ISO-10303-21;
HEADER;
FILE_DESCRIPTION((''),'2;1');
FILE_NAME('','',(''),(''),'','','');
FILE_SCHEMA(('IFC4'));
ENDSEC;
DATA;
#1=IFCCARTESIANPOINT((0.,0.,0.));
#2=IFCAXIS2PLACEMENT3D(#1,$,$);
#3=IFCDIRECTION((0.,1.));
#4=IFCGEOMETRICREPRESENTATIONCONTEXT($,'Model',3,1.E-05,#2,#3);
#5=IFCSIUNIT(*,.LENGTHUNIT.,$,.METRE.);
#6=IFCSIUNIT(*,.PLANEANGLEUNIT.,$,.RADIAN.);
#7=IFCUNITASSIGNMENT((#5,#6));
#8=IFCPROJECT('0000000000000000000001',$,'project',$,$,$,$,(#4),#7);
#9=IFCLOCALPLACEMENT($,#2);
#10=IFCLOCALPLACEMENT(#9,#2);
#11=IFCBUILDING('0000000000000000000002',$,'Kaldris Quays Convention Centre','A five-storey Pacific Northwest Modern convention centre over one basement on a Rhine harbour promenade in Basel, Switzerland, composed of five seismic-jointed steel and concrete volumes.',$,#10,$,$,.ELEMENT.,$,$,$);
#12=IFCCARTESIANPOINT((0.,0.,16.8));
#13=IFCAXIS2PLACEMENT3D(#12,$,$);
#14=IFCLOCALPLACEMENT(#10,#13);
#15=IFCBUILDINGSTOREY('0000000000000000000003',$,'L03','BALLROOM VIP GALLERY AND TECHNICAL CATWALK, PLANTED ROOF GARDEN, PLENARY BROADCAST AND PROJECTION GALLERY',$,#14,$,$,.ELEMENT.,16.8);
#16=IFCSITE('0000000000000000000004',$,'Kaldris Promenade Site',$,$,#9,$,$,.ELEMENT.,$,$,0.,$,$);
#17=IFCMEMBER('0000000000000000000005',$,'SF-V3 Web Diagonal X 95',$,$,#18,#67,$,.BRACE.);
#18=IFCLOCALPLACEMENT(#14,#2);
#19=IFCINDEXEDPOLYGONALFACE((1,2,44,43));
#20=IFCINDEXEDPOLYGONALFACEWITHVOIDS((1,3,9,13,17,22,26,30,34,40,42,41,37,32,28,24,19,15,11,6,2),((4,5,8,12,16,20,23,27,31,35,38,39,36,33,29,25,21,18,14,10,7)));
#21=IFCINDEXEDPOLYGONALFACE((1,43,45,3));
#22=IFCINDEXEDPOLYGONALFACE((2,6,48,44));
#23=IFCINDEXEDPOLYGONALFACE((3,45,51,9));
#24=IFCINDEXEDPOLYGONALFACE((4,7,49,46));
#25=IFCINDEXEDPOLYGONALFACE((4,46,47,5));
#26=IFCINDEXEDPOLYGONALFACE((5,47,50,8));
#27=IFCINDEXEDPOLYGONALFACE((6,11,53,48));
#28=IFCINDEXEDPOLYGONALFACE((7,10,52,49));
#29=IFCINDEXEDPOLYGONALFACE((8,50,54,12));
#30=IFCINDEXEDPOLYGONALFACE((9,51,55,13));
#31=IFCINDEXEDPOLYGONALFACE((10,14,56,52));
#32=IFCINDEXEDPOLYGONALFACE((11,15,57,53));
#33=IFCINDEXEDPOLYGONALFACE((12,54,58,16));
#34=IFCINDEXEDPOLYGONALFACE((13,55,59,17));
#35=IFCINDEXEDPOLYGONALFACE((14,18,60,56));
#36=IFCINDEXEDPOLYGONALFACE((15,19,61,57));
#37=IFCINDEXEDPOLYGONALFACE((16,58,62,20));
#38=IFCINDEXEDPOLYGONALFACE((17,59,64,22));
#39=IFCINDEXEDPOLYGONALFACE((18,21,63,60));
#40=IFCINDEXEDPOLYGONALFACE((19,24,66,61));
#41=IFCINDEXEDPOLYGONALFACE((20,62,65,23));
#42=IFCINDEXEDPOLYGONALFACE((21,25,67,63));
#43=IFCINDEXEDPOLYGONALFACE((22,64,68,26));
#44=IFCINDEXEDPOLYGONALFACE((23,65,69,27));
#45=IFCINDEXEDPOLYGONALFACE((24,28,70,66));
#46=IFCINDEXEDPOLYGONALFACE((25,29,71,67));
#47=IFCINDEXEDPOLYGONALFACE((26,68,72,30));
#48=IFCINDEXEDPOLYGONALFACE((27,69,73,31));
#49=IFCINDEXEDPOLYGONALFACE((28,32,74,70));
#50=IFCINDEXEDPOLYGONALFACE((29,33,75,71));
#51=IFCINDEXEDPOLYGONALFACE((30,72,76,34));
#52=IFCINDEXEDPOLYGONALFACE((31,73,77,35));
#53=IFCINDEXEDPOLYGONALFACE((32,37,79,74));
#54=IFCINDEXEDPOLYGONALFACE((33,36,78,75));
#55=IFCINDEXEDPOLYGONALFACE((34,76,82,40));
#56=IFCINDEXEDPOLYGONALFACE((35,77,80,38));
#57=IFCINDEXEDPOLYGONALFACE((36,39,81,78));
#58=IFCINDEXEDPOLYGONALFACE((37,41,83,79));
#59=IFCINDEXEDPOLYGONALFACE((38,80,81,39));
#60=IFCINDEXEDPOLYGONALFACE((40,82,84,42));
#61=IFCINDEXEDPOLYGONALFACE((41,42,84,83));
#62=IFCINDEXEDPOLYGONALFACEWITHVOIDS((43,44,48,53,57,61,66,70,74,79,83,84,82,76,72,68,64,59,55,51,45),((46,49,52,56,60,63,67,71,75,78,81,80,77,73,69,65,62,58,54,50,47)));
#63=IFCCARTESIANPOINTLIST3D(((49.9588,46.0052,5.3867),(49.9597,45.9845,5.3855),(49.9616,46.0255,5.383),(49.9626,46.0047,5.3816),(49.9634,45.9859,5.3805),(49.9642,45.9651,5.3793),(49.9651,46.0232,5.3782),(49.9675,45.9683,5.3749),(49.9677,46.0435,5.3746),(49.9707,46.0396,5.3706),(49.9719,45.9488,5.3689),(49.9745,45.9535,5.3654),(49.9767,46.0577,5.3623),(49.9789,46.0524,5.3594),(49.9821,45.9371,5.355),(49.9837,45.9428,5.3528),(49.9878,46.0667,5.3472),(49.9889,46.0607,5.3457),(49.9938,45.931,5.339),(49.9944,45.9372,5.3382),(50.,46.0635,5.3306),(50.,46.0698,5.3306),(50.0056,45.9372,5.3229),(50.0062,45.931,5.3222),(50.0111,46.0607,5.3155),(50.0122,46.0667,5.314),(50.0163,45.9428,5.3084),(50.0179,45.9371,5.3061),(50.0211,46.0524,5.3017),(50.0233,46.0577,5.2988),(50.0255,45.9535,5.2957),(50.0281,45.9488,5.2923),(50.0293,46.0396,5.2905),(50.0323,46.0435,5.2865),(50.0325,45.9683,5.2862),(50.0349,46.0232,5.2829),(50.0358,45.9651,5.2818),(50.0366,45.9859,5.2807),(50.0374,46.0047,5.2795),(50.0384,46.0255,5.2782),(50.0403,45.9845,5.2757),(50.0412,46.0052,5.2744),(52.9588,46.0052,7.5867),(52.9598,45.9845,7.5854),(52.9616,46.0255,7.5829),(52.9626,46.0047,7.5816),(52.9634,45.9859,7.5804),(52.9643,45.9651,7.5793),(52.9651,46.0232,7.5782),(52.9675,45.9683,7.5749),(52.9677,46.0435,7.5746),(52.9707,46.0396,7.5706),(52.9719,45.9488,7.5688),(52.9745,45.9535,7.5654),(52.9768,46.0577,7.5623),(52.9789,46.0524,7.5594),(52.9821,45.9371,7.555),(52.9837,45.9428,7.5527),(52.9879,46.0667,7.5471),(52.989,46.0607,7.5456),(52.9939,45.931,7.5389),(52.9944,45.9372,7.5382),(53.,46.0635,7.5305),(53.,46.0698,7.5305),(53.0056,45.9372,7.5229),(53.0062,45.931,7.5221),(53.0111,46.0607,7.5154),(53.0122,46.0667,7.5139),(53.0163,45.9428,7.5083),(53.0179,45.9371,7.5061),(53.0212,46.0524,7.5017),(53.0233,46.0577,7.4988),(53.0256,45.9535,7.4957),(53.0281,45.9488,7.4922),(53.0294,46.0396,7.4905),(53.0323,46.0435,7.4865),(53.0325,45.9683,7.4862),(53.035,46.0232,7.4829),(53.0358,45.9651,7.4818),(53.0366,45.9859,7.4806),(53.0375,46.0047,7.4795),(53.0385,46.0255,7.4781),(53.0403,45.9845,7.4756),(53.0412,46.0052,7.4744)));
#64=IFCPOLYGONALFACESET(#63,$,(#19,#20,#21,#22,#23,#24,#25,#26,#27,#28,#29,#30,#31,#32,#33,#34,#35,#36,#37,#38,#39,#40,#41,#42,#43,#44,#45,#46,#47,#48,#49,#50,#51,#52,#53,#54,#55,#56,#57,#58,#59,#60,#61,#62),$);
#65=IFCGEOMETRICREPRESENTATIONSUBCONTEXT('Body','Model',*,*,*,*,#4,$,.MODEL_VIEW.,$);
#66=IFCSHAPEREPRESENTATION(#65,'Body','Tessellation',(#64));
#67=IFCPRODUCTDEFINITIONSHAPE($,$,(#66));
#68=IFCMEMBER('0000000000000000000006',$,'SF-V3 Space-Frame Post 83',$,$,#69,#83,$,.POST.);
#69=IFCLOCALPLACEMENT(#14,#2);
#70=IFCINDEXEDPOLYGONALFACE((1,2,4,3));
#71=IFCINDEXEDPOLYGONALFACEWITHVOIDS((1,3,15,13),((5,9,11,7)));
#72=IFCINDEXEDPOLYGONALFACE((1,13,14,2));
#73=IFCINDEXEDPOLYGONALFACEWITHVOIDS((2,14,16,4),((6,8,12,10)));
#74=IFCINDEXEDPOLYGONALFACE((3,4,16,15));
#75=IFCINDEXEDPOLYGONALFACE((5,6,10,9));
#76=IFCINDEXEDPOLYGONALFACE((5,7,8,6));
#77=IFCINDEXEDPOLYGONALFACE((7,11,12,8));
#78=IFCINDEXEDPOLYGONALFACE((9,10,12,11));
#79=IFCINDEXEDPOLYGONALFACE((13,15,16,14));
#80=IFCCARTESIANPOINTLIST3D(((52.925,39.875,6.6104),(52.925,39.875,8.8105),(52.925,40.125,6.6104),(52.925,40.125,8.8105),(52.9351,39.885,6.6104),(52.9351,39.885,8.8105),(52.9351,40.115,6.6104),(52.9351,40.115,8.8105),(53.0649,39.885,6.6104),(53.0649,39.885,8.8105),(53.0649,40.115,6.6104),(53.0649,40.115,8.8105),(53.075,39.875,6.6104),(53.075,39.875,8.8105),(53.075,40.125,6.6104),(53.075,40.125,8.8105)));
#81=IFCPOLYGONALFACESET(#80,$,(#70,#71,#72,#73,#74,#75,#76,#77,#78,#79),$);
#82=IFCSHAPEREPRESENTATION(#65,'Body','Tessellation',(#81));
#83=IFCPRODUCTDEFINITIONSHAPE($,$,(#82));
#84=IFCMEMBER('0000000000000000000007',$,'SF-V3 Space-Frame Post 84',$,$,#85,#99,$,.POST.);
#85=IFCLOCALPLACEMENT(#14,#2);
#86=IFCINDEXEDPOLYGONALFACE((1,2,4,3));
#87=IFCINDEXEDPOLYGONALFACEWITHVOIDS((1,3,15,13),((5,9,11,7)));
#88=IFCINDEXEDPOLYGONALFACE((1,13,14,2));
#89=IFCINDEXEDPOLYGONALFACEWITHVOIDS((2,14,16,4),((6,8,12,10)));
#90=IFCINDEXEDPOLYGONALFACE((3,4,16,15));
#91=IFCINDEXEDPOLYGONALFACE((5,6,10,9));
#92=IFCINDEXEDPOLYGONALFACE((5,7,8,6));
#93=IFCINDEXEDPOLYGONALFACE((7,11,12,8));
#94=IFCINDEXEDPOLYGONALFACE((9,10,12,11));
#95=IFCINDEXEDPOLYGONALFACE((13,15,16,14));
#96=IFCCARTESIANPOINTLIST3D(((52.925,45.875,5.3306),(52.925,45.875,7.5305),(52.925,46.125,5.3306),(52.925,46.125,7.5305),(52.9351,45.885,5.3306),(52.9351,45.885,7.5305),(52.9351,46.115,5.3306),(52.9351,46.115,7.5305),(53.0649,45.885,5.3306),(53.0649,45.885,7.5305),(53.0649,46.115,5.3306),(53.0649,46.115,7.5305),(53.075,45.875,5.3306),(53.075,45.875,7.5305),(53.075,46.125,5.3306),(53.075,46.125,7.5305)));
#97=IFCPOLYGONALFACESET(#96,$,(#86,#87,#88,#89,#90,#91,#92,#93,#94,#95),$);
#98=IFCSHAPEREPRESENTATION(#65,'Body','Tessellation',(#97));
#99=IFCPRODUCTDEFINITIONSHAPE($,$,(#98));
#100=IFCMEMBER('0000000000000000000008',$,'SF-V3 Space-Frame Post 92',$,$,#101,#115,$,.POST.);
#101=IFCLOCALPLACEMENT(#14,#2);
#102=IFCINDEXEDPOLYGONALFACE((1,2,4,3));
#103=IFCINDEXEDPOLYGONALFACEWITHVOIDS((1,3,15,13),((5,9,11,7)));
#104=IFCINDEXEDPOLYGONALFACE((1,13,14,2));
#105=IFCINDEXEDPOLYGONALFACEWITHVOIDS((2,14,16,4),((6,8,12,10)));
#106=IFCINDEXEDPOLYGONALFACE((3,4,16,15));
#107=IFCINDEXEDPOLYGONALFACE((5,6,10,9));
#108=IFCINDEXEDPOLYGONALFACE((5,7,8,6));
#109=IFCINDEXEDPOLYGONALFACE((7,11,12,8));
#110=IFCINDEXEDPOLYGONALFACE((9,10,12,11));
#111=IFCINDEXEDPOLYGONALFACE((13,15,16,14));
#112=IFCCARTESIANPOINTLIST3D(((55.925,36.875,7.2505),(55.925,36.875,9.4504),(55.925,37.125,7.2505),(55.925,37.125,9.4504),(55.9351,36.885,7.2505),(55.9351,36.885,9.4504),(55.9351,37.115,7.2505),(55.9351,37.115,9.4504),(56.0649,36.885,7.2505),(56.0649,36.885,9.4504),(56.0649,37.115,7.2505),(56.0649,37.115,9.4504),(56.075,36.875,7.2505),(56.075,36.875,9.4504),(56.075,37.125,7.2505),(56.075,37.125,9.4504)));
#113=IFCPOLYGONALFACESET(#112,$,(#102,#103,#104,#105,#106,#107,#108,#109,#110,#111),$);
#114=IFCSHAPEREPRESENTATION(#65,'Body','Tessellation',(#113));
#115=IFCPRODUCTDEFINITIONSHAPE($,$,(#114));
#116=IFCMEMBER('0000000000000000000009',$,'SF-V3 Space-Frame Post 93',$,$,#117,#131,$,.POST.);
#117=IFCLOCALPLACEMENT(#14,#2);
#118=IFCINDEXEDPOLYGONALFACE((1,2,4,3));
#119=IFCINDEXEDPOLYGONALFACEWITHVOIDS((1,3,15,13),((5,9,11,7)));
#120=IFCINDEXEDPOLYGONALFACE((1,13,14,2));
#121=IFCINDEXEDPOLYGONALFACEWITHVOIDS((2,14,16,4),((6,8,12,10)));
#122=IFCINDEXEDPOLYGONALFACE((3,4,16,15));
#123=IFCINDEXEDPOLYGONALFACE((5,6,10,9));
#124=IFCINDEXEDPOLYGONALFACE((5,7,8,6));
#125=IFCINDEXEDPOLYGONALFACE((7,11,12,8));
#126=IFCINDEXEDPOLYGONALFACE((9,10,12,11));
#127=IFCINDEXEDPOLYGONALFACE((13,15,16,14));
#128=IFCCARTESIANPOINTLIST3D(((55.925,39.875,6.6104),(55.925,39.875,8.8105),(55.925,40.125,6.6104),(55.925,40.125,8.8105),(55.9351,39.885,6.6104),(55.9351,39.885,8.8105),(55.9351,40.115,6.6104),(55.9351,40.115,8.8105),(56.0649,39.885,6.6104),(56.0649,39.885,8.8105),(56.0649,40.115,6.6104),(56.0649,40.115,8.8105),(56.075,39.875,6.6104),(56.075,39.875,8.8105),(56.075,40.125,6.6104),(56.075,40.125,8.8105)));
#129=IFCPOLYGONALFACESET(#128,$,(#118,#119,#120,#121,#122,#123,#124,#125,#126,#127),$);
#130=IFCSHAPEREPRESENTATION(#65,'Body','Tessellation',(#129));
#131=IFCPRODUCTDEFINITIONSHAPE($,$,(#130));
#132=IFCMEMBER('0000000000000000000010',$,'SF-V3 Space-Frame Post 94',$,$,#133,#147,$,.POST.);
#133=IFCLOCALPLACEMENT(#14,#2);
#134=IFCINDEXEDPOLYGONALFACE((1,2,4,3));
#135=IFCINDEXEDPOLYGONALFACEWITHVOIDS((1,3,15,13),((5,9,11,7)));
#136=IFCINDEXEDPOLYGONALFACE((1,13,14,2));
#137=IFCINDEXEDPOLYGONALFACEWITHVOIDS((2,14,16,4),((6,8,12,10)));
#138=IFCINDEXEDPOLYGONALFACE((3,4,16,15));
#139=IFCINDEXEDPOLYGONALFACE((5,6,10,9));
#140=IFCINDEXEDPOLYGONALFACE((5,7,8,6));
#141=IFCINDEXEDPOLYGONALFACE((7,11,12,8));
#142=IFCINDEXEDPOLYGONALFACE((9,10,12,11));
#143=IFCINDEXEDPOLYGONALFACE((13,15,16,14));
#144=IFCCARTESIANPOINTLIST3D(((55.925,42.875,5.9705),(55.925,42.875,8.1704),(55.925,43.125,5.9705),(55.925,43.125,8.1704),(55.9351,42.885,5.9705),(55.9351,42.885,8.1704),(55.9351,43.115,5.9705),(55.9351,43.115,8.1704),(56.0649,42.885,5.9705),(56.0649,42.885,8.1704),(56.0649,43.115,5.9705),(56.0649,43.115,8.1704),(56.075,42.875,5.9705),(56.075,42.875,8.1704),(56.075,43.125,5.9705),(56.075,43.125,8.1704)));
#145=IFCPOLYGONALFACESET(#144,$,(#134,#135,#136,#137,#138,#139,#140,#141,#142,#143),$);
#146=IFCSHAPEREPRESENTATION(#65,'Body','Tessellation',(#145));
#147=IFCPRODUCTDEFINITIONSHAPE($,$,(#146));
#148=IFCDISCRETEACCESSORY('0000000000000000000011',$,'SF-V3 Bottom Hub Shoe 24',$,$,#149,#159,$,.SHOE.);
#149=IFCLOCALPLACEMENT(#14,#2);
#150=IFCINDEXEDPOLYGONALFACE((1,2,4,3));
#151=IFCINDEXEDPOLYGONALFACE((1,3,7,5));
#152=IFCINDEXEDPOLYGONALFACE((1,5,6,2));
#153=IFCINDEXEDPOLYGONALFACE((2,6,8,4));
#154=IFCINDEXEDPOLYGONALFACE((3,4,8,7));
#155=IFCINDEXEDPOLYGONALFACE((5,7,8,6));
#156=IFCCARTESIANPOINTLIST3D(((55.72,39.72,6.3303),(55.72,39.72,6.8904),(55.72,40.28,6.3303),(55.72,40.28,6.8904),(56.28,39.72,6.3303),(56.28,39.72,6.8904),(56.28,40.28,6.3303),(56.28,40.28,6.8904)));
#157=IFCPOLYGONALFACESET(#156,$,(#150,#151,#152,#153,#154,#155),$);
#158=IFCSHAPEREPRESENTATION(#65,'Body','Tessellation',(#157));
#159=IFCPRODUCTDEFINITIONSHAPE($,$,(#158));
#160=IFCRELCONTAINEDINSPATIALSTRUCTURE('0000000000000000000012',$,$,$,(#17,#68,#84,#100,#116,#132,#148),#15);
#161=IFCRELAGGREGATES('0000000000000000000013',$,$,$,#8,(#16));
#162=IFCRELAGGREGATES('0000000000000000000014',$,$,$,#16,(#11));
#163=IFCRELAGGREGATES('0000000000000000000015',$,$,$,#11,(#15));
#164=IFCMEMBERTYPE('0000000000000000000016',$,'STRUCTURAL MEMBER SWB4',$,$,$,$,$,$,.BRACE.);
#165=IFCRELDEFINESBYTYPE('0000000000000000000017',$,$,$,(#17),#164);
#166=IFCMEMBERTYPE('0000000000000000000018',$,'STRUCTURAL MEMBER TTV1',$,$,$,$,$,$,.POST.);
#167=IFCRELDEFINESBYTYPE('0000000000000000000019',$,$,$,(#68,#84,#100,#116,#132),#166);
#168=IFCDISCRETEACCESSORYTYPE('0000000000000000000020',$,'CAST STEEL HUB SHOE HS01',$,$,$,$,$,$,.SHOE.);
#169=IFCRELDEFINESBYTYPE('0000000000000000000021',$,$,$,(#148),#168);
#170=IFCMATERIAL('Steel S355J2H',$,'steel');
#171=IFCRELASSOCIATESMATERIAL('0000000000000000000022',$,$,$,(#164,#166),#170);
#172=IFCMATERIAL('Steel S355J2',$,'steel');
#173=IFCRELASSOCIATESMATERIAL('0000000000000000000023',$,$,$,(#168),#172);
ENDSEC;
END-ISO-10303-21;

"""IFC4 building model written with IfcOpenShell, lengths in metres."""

from ifc_helpers import new_model, si_unit, direction, frame, origin, origin_2d, place, context, subcontext, project, spatial, rectangle, hollow_rectangle, hollow_circle, extrude, material, material_profile, profile_set, type_object, element, save


model = new_model("IFC4")

# Units and contexts
model_context = context("Model", 3, precision=1e-05, world=origin(), true_north=direction((0.0, 1.0)))
body_context = subcontext(model_context, "Body", "Model", "MODEL_VIEW")
ifc_project = project(units=[si_unit("LENGTHUNIT", "METRE"), si_unit("PLANEANGLEUNIT", "RADIAN")], contexts=[model_context])

# Site, building, storey
site_placement = place(None, origin())
site = spatial("IfcSite", under=ifc_project, at=site_placement, Name="Kaldris Promenade Site", CompositionType="ELEMENT", RefElevation=0.0)
building_placement = place(site_placement, origin())
building = spatial("IfcBuilding", under=site, at=building_placement, Name="Kaldris Quays Convention Centre", Description="A five-storey Pacific Northwest Modern convention centre over one basement on a Rhine harbour promenade in Basel, Switzerland, composed of five seismic-jointed steel and concrete volumes.", CompositionType="ELEMENT")
storey_placement = place(building_placement, frame((0.0, 0.0, 16.8)))
storey = spatial("IfcBuildingStorey", under=building, at=storey_placement, Name="L03", Description="BALLROOM VIP GALLERY AND TECHNICAL CATWALK, PLANTED ROOF GARDEN, PLENARY BROADCAST AND PROJECTION GALLERY", CompositionType="ELEMENT", Elevation=16.8)

# Members
ifc_material_1 = material(Name="Steel S355J2H", Category="steel")
ifc_material_profile_1 = material_profile(ifc_material_1, hollow_circle(Radius=0.0698, WallThickness=0.0063, at=origin_2d()), Name="CHS 139.7x6.3")
ifc_profile_set_1 = profile_set([ifc_material_profile_1], Name="Steel S355J2H")
member_type_1 = type_object("IfcMemberType", Name="STRUCTURAL MEMBER SWB4", PredefinedType="BRACE", material=ifc_profile_set_1)
for number, where, z_axis, x_axis, name in (
    (1, (50.0, 46.0, 5.3306), (0.806411, 0.0, 0.591355), (0.0, 1.0, 0.0), "SF-V3 Web Diagonal X 95"),
):
    element("IfcMember", number, at=place(storey_placement, frame(where, z_axis=z_axis, x_axis=x_axis)), inside=storey, type_object=member_type_1, Name=name, PredefinedType="BRACE", context=body_context, shape_type="SweptSolid", body=[
        extrude(hollow_circle(Radius=0.0698, WallThickness=0.0063, at=origin_2d()), origin(), (0.0, 0.0, 1.0), 3.7202),
    ])
ifc_material_profile_2 = material_profile(ifc_material_1, hollow_rectangle(XDim=0.1499, YDim=0.25, WallThickness=0.01, at=origin_2d()), Name="RHS 250x150x10")
ifc_profile_set_2 = profile_set([ifc_material_profile_2], Name="Steel S355J2H")
member_type_2 = type_object("IfcMemberType", Name="STRUCTURAL MEMBER TTV1", PredefinedType="POST", material=ifc_profile_set_2)
member_1_placement = place(storey_placement, frame((53.0, 40.0, 6.6104), z_axis=(0.0, 0.0, 1.0), x_axis=(1.0, 0.0, 0.0)))
element("IfcMember", 2, at=member_1_placement, inside=storey, type_object=member_type_2, Name="SF-V3 Space-Frame Post 83", PredefinedType="POST", context=body_context, shape_type="SweptSolid", body=[
    extrude(hollow_rectangle(XDim=0.1499, YDim=0.25, WallThickness=0.01, at=origin_2d()), origin(), (0.0, 0.0, 1.0), 2.2002),
])
for number, where, z_axis, x_axis, name in (
    (3, (53.0, 46.0, 5.3306), (0.0, 0.0, 1.0), (1.0, 0.0, 0.0), "SF-V3 Space-Frame Post 84"),
    (4, (56.0, 37.0, 7.2505), (0.0, 0.0, 1.0), (1.0, 0.0, 0.0), "SF-V3 Space-Frame Post 92"),
):
    element("IfcMember", number, at=place(storey_placement, frame(where, z_axis=z_axis, x_axis=x_axis)), inside=storey, type_object=member_type_2, Name=name, PredefinedType="POST", context=body_context, shape_type="SweptSolid", body=[
        extrude(hollow_rectangle(XDim=0.1499, YDim=0.25, WallThickness=0.01, at=origin_2d()), origin(), (0.0, 0.0, 1.0), 2.2),
    ])
member_2_placement = place(storey_placement, frame((56.0, 40.0, 6.6104), z_axis=(0.0, 0.0, 1.0), x_axis=(1.0, 0.0, 0.0)))
element("IfcMember", 5, at=member_2_placement, inside=storey, type_object=member_type_2, Name="SF-V3 Space-Frame Post 93", PredefinedType="POST", context=body_context, shape_type="SweptSolid", body=[
    extrude(hollow_rectangle(XDim=0.1499, YDim=0.25, WallThickness=0.01, at=origin_2d()), origin(), (0.0, 0.0, 1.0), 2.2002),
])
member_3_placement = place(storey_placement, frame((56.0, 43.0, 5.9705), z_axis=(0.0, 0.0, 1.0), x_axis=(1.0, 0.0, 0.0)))
element("IfcMember", 6, at=member_3_placement, inside=storey, type_object=member_type_2, Name="SF-V3 Space-Frame Post 94", PredefinedType="POST", context=body_context, shape_type="SweptSolid", body=[
    extrude(hollow_rectangle(XDim=0.1499, YDim=0.25, WallThickness=0.01, at=origin_2d()), origin(), (0.0, 0.0, 1.0), 2.2),
])

# Discrete accessory
ifc_material_2 = material(Name="Steel S355J2", Category="steel")
discrete_accessory_type = type_object("IfcDiscreteAccessoryType", Name="CAST STEEL HUB SHOE HS01", PredefinedType="SHOE", material=ifc_material_2)
discrete_accessory_placement = place(storey_placement, frame((56.0, 40.0, 6.3303), z_axis=(0.0, 0.0, 1.0), x_axis=(1.0, 0.0, 0.0)))
element("IfcDiscreteAccessory", 7, at=discrete_accessory_placement, inside=storey, type_object=discrete_accessory_type, Name="SF-V3 Bottom Hub Shoe 24", PredefinedType="SHOE", context=body_context, shape_type="SweptSolid", body=[
    extrude(rectangle(XDim=0.5601, YDim=0.5601, at=origin_2d()), origin(), (0.0, 0.0, 1.0), 0.5601),
])

save(model, "model.ifc")
